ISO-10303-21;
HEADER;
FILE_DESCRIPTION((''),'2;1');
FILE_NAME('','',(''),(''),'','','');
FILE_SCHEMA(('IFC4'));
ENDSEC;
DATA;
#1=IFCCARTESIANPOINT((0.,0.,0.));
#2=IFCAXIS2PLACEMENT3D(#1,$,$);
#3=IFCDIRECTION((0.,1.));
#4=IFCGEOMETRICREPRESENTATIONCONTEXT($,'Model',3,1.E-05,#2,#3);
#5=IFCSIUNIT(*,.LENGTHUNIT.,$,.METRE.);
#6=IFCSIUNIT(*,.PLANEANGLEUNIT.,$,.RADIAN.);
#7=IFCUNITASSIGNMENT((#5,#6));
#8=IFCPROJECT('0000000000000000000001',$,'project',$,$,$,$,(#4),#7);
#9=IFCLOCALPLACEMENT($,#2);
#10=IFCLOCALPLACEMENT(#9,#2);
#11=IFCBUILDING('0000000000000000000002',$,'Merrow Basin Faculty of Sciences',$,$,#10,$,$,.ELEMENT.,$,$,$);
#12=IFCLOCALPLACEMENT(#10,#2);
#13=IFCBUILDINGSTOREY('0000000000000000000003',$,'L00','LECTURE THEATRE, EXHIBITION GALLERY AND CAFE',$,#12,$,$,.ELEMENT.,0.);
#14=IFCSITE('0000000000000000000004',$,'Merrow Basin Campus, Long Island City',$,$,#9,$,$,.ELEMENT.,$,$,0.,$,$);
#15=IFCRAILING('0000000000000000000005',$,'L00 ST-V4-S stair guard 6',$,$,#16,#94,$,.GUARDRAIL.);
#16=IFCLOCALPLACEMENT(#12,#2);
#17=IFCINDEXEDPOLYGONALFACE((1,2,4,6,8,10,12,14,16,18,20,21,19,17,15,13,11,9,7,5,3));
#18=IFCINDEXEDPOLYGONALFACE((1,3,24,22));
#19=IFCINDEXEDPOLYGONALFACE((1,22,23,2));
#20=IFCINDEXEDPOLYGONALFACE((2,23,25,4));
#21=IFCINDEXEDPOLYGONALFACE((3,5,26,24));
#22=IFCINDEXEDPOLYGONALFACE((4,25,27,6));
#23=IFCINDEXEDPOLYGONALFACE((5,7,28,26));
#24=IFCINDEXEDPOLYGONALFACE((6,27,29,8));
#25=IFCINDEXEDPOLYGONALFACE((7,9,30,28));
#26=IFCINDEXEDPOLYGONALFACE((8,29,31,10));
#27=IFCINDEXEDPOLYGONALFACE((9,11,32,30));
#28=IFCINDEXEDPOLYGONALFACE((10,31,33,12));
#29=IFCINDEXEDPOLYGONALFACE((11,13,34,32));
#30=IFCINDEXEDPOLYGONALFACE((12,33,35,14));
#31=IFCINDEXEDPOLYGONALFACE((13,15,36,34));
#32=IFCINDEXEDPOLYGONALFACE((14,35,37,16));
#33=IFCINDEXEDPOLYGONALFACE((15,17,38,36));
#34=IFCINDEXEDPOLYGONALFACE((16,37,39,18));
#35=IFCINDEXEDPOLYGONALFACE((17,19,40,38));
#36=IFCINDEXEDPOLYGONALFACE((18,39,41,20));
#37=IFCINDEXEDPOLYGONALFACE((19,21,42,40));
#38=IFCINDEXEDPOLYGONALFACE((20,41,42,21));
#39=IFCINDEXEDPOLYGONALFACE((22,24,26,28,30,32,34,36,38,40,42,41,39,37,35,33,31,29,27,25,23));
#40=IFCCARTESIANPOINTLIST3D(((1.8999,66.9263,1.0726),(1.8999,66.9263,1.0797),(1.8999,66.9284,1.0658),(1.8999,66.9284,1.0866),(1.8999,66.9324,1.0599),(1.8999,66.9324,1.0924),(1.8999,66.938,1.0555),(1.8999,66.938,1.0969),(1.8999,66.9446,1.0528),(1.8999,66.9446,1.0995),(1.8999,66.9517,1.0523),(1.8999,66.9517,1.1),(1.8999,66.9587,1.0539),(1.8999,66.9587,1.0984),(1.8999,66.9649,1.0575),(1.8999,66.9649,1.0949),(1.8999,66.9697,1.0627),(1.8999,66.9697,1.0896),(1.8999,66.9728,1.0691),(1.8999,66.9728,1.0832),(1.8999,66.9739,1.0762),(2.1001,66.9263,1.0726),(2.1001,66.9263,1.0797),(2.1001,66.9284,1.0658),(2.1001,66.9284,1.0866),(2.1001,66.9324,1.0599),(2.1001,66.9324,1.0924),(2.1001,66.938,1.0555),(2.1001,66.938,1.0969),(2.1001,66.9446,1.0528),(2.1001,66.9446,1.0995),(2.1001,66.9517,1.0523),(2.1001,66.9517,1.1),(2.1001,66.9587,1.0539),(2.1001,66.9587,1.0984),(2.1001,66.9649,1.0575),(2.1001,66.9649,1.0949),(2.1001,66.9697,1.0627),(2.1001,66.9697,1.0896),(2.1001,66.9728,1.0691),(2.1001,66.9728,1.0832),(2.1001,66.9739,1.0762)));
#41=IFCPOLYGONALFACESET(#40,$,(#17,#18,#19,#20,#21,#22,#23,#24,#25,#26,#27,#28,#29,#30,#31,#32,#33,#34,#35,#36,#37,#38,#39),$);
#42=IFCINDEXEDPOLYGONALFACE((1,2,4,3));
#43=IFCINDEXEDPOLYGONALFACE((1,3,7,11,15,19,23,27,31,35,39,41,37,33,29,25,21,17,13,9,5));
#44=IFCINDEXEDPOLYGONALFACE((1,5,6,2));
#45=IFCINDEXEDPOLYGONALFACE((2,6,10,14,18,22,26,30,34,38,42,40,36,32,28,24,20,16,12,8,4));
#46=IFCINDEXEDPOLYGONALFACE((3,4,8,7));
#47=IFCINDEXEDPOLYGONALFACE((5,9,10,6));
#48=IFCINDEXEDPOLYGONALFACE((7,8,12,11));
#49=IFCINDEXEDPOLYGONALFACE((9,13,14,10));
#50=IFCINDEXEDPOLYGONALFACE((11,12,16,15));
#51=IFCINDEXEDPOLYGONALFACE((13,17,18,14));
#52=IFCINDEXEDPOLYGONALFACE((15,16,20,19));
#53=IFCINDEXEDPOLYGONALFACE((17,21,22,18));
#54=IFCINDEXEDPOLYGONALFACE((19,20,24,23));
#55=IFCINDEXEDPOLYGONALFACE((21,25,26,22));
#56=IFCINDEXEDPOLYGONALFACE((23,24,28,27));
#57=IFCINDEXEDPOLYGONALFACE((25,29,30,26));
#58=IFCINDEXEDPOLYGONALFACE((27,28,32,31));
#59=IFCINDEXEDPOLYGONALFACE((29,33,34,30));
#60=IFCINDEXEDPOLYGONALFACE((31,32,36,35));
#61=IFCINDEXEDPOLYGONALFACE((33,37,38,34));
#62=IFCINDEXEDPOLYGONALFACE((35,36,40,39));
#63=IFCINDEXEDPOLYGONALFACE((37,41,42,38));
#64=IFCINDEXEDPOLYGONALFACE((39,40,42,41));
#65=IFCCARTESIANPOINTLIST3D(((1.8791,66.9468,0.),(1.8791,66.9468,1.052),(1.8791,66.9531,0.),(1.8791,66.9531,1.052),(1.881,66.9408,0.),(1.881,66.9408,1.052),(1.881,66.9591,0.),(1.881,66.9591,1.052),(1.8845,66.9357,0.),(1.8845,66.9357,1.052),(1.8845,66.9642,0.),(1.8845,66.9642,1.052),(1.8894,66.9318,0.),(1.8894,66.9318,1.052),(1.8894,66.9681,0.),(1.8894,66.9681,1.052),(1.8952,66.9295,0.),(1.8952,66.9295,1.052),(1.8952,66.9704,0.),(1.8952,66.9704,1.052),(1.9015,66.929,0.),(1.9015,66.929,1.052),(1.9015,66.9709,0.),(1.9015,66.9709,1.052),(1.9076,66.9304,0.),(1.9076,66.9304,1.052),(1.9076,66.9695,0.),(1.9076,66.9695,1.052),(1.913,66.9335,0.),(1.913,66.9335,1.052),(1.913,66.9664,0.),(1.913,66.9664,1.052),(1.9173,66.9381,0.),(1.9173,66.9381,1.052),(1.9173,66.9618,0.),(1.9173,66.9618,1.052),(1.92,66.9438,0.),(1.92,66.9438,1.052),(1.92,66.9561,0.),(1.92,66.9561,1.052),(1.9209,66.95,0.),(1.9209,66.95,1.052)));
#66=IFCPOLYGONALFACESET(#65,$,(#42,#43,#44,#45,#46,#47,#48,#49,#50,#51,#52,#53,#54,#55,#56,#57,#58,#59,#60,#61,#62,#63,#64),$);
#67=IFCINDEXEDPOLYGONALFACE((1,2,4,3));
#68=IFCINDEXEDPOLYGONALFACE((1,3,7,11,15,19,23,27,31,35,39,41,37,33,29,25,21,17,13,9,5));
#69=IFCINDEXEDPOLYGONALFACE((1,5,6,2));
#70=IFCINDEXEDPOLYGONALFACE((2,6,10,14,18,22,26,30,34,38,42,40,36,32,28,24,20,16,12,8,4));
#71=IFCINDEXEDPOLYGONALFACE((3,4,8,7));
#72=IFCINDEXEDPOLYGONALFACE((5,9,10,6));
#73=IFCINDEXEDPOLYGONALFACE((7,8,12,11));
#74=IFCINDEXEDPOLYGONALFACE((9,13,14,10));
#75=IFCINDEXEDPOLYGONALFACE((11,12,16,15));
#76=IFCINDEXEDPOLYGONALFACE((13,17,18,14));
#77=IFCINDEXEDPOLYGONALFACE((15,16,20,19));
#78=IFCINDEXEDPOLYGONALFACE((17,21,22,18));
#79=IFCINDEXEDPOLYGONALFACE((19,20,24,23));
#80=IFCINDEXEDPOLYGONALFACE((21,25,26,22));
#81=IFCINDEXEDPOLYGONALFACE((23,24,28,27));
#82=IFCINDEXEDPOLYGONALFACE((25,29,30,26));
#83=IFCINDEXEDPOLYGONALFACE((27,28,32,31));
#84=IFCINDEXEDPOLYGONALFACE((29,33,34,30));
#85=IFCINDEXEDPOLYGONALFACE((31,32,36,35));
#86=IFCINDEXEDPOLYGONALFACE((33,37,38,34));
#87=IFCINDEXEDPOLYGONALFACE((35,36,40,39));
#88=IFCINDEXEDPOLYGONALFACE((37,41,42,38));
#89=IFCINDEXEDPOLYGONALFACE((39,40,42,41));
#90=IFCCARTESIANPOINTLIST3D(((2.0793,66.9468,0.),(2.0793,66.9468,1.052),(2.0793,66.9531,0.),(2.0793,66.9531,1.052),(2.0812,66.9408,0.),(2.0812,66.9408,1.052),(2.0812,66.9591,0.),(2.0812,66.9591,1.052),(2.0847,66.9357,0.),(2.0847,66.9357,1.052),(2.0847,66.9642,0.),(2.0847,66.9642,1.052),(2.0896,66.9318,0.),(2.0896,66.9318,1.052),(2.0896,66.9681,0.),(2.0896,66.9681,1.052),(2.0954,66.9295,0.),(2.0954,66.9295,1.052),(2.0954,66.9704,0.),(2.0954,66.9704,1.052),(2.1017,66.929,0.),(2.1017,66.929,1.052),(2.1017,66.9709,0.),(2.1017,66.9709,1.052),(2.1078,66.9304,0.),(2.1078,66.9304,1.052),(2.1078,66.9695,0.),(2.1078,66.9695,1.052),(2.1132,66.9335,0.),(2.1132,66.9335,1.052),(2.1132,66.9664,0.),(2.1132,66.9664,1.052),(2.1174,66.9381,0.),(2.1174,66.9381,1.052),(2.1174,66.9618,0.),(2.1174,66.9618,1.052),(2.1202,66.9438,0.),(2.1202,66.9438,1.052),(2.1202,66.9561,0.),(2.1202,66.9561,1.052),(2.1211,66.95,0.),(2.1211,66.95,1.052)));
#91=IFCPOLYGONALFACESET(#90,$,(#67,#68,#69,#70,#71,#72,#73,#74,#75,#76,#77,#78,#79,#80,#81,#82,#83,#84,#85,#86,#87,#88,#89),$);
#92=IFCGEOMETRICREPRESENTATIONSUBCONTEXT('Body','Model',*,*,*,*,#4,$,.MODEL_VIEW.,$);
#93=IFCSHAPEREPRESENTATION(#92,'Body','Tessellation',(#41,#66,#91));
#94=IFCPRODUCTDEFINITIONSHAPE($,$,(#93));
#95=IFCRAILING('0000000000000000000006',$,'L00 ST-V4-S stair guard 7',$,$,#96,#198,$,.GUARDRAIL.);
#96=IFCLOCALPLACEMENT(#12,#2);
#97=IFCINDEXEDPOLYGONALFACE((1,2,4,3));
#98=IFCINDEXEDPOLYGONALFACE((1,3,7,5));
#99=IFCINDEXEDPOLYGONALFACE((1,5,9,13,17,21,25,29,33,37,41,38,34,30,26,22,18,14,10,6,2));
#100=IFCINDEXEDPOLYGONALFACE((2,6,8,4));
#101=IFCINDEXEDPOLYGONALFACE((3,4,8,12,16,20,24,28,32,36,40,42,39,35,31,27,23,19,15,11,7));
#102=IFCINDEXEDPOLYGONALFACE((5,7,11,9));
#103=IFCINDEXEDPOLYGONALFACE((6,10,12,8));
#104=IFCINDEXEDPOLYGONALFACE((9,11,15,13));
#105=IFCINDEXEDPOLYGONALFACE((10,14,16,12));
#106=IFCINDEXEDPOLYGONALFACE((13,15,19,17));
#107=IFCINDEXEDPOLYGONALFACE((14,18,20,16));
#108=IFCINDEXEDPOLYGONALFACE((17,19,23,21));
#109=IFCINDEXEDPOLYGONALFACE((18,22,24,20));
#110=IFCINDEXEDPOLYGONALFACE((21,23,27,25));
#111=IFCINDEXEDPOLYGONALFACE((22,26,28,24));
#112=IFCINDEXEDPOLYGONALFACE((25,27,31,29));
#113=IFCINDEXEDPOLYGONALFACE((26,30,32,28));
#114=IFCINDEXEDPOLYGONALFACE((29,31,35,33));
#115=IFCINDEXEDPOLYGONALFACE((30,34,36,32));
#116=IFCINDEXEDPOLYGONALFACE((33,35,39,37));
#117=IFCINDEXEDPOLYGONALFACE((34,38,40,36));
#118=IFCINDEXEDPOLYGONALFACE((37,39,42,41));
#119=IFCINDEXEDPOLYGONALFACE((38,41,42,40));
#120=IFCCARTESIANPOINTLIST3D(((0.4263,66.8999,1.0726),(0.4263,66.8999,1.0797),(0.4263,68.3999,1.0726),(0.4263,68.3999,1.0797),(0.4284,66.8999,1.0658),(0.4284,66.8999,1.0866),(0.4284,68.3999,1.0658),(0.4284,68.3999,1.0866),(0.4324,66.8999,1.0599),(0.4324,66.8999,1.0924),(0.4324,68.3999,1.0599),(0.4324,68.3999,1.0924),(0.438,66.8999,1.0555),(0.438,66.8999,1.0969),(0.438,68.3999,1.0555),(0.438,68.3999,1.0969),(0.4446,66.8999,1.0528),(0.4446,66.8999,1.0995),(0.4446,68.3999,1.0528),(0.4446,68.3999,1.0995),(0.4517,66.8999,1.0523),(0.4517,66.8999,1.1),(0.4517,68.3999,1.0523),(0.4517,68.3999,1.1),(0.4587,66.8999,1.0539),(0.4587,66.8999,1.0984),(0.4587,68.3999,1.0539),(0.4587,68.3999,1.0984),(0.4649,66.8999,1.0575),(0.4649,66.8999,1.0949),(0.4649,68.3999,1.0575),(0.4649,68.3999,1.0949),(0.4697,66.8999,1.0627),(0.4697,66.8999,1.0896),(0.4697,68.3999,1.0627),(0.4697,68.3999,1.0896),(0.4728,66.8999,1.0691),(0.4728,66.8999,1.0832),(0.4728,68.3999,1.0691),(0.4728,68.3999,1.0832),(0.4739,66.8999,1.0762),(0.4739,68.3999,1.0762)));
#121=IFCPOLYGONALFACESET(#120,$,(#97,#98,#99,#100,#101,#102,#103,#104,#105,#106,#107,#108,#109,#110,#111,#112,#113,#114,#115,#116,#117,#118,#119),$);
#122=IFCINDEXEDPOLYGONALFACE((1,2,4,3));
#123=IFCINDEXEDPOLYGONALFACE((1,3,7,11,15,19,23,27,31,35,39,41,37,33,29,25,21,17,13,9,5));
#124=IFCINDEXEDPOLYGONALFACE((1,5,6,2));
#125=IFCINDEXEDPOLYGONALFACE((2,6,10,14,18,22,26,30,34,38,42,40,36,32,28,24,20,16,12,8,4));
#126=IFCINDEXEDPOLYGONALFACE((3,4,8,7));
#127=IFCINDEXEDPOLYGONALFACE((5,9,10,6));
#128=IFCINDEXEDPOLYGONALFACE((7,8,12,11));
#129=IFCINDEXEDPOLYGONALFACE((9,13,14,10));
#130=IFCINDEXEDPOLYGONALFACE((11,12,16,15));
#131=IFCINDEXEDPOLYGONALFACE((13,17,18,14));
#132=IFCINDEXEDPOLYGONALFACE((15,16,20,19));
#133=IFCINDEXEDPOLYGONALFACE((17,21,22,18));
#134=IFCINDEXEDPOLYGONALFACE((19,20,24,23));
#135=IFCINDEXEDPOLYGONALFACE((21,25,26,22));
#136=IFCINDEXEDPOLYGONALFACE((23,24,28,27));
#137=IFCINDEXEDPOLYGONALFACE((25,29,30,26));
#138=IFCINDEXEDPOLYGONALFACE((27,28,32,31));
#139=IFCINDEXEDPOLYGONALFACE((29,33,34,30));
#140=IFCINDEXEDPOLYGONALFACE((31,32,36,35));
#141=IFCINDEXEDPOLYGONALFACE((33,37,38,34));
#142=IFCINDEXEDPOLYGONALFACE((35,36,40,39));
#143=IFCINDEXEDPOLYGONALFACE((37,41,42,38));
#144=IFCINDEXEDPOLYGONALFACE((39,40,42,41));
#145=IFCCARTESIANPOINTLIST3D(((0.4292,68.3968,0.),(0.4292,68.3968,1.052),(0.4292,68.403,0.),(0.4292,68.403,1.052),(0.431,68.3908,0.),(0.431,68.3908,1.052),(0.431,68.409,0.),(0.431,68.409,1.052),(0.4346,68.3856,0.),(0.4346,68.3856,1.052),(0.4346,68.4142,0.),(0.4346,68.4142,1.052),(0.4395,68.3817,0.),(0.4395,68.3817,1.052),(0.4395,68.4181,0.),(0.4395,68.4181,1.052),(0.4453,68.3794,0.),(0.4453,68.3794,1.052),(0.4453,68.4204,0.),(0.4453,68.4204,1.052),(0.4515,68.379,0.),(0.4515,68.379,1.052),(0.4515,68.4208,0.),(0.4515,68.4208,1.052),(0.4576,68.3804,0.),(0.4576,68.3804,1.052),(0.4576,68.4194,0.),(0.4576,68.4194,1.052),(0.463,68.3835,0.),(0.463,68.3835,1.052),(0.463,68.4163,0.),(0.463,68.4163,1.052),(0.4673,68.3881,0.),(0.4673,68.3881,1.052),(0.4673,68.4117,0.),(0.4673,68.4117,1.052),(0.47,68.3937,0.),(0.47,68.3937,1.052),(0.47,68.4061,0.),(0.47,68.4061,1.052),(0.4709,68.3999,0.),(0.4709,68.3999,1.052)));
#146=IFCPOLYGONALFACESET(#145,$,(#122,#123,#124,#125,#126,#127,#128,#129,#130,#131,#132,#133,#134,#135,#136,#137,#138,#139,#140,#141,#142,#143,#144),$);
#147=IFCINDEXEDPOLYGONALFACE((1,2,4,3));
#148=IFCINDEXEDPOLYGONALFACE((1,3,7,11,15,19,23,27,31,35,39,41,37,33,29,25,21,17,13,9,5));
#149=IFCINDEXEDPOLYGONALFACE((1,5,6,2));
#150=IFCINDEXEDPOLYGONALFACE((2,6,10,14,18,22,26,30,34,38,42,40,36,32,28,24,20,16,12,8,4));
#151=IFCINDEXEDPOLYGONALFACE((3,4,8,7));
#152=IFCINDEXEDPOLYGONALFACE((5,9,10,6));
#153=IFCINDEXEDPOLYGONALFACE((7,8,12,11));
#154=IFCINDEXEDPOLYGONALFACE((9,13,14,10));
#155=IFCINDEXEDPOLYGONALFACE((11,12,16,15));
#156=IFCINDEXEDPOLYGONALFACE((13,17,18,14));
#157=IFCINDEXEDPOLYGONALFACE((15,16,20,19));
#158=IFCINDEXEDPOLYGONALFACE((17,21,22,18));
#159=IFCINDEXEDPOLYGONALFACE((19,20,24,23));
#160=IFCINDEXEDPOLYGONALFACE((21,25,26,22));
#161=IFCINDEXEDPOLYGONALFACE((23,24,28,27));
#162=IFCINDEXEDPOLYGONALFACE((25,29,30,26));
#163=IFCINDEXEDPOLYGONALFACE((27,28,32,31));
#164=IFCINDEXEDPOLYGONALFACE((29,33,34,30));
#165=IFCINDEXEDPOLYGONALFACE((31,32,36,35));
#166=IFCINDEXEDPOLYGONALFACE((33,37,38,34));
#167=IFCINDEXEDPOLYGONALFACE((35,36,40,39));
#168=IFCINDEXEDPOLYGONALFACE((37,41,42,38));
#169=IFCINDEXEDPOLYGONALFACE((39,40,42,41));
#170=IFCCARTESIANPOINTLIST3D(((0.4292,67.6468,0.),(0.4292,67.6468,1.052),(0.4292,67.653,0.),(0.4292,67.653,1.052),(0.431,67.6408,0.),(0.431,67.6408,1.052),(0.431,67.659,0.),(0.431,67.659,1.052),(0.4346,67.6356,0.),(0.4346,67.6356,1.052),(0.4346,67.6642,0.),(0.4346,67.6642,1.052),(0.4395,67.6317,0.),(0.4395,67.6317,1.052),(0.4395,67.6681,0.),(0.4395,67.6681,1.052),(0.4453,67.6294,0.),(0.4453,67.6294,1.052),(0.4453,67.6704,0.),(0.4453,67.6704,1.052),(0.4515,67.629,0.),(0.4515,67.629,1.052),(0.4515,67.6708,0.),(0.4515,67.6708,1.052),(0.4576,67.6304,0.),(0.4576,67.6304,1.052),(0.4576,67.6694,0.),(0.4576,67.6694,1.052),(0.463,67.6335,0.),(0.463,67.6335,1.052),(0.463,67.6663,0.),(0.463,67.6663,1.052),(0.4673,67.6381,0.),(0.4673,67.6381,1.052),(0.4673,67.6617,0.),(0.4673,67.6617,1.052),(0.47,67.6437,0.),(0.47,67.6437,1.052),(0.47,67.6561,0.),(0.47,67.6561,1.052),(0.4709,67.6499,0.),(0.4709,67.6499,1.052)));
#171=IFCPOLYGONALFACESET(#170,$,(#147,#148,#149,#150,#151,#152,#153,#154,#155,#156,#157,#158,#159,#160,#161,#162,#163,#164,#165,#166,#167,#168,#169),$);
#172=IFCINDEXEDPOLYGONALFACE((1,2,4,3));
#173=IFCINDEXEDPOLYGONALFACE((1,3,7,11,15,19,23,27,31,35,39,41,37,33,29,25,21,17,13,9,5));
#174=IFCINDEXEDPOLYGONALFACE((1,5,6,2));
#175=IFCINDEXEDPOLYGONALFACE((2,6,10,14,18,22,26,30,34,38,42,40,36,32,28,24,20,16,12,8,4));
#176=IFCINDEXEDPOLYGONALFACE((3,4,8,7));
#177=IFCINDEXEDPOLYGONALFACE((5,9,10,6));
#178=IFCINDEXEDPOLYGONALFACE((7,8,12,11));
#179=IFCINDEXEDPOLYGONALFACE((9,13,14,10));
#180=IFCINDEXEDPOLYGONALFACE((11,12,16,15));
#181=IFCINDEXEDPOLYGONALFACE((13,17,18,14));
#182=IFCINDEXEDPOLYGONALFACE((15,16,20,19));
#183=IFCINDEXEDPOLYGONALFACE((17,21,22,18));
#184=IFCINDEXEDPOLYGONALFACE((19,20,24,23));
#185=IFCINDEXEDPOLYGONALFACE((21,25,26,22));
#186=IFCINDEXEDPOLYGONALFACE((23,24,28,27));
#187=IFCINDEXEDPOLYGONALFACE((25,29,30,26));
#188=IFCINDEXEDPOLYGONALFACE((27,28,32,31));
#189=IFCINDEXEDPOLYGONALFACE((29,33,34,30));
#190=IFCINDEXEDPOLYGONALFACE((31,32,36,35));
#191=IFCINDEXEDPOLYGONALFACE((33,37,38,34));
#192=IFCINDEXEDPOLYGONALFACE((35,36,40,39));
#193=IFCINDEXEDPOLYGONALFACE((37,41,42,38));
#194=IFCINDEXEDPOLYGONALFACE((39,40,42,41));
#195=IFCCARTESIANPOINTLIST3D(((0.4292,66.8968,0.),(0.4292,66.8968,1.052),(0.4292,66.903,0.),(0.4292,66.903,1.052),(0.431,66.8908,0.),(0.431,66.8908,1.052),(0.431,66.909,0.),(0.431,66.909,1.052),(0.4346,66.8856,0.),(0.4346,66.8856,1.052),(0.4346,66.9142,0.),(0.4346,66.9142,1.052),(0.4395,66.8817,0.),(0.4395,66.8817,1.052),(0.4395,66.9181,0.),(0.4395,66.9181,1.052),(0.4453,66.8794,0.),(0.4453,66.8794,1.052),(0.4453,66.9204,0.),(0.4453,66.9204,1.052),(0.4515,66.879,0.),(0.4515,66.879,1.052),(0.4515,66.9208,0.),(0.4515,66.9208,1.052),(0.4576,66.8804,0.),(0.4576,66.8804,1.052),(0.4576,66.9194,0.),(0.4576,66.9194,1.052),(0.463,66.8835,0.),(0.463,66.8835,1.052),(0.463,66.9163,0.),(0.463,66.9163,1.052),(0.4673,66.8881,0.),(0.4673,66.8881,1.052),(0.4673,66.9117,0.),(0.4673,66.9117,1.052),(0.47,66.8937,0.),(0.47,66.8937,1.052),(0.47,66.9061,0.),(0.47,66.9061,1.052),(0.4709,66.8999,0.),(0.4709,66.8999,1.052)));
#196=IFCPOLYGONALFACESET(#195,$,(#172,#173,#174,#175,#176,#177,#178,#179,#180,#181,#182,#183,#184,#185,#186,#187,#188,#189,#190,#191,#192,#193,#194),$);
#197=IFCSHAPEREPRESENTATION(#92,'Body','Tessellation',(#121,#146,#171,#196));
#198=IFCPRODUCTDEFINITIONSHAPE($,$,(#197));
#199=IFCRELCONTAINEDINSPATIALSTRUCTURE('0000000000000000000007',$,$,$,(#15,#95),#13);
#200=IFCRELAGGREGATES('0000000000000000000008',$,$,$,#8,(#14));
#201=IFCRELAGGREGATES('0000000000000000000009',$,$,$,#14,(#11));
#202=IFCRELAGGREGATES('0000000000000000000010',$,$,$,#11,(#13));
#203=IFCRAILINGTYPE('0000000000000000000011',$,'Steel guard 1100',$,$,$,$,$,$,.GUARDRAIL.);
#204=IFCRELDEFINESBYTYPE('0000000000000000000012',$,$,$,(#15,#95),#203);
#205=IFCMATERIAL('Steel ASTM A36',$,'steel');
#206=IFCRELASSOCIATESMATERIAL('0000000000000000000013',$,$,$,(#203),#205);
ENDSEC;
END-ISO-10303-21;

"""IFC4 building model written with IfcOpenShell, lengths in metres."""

from ifc_helpers import new_model, si_unit, direction, frame, origin, origin_2d, place, context, subcontext, project, spatial, circle, extrude, material, type_object, element, save


model = new_model("IFC4")

# Units and contexts
model_context = context("Model", 3, precision=1e-05, world=origin(), true_north=direction((0.0, 1.0)))
body_context = subcontext(model_context, "Body", "Model", "MODEL_VIEW")
ifc_project = project(units=[si_unit("LENGTHUNIT", "METRE"), si_unit("PLANEANGLEUNIT", "RADIAN")], contexts=[model_context])

# Site, building, storey
site_placement = place(None, origin())
site = spatial("IfcSite", under=ifc_project, at=site_placement, Name="Merrow Basin Campus, Long Island City", CompositionType="ELEMENT", RefElevation=0.0)
building_placement = place(site_placement, origin())
building = spatial("IfcBuilding", under=site, at=building_placement, Name="Merrow Basin Faculty of Sciences", CompositionType="ELEMENT")
storey_placement = place(building_placement, origin())
storey = spatial("IfcBuildingStorey", under=building, at=storey_placement, Name="L00", Description="LECTURE THEATRE, EXHIBITION GALLERY AND CAFE", CompositionType="ELEMENT", Elevation=0.0)

# Railings
ifc_material_1 = material(Name="Steel ASTM A36", Category="steel")
railing_type_1 = type_object("IfcRailingType", Name="Steel guard 1100", PredefinedType="GUARDRAIL", material=ifc_material_1)
railing_1_placement = place(storey_placement, frame((1.8999, 66.95, 0.0)))
element("IfcRailing", 1, at=railing_1_placement, inside=storey, type_object=railing_type_1, Name="L00 ST-V4-S stair guard 6", PredefinedType="GUARDRAIL", context=body_context, shape_type="SweptSolid", body=[
    extrude(circle(Radius=0.0239, at=origin_2d()), frame((0.0, 0.0, 1.0762), z_axis=(1.0, 0.0, 0.0), x_axis=(0.0, 1.0, 0.0)), (0.0, 0.0, 1.0), 0.2002),
    extrude(circle(Radius=0.021, at=origin_2d()), origin(), (0.0, 0.0, 1.0), 1.052),
    extrude(circle(Radius=0.021, at=origin_2d()), frame((0.2002, 0.0, 0.0)), (0.0, 0.0, 1.0), 1.052),
])
railing_2_placement = place(storey_placement, frame((0.45, 68.3999, 0.0)))
element("IfcRailing", 2, at=railing_2_placement, inside=storey, type_object=railing_type_1, Name="L00 ST-V4-S stair guard 7", PredefinedType="GUARDRAIL", context=body_context, shape_type="SweptSolid", body=[
    extrude(circle(Radius=0.0239, at=origin_2d()), frame((0.0, 0.0, 1.0762), z_axis=(0.0, -1.0, 0.0), x_axis=(1.0, 0.0, 0.0)), (0.0, 0.0, 1.0), 1.5),
    extrude(circle(Radius=0.021, at=origin_2d()), origin(), (0.0, 0.0, 1.0), 1.052),
    extrude(circle(Radius=0.021, at=origin_2d()), frame((0.0, -0.75, 0.0)), (0.0, 0.0, 1.0), 1.052),
    extrude(circle(Radius=0.021, at=origin_2d()), frame((0.0, -1.5, 0.0)), (0.0, 0.0, 1.0), 1.052),
])

save(model, "model.ifc")
